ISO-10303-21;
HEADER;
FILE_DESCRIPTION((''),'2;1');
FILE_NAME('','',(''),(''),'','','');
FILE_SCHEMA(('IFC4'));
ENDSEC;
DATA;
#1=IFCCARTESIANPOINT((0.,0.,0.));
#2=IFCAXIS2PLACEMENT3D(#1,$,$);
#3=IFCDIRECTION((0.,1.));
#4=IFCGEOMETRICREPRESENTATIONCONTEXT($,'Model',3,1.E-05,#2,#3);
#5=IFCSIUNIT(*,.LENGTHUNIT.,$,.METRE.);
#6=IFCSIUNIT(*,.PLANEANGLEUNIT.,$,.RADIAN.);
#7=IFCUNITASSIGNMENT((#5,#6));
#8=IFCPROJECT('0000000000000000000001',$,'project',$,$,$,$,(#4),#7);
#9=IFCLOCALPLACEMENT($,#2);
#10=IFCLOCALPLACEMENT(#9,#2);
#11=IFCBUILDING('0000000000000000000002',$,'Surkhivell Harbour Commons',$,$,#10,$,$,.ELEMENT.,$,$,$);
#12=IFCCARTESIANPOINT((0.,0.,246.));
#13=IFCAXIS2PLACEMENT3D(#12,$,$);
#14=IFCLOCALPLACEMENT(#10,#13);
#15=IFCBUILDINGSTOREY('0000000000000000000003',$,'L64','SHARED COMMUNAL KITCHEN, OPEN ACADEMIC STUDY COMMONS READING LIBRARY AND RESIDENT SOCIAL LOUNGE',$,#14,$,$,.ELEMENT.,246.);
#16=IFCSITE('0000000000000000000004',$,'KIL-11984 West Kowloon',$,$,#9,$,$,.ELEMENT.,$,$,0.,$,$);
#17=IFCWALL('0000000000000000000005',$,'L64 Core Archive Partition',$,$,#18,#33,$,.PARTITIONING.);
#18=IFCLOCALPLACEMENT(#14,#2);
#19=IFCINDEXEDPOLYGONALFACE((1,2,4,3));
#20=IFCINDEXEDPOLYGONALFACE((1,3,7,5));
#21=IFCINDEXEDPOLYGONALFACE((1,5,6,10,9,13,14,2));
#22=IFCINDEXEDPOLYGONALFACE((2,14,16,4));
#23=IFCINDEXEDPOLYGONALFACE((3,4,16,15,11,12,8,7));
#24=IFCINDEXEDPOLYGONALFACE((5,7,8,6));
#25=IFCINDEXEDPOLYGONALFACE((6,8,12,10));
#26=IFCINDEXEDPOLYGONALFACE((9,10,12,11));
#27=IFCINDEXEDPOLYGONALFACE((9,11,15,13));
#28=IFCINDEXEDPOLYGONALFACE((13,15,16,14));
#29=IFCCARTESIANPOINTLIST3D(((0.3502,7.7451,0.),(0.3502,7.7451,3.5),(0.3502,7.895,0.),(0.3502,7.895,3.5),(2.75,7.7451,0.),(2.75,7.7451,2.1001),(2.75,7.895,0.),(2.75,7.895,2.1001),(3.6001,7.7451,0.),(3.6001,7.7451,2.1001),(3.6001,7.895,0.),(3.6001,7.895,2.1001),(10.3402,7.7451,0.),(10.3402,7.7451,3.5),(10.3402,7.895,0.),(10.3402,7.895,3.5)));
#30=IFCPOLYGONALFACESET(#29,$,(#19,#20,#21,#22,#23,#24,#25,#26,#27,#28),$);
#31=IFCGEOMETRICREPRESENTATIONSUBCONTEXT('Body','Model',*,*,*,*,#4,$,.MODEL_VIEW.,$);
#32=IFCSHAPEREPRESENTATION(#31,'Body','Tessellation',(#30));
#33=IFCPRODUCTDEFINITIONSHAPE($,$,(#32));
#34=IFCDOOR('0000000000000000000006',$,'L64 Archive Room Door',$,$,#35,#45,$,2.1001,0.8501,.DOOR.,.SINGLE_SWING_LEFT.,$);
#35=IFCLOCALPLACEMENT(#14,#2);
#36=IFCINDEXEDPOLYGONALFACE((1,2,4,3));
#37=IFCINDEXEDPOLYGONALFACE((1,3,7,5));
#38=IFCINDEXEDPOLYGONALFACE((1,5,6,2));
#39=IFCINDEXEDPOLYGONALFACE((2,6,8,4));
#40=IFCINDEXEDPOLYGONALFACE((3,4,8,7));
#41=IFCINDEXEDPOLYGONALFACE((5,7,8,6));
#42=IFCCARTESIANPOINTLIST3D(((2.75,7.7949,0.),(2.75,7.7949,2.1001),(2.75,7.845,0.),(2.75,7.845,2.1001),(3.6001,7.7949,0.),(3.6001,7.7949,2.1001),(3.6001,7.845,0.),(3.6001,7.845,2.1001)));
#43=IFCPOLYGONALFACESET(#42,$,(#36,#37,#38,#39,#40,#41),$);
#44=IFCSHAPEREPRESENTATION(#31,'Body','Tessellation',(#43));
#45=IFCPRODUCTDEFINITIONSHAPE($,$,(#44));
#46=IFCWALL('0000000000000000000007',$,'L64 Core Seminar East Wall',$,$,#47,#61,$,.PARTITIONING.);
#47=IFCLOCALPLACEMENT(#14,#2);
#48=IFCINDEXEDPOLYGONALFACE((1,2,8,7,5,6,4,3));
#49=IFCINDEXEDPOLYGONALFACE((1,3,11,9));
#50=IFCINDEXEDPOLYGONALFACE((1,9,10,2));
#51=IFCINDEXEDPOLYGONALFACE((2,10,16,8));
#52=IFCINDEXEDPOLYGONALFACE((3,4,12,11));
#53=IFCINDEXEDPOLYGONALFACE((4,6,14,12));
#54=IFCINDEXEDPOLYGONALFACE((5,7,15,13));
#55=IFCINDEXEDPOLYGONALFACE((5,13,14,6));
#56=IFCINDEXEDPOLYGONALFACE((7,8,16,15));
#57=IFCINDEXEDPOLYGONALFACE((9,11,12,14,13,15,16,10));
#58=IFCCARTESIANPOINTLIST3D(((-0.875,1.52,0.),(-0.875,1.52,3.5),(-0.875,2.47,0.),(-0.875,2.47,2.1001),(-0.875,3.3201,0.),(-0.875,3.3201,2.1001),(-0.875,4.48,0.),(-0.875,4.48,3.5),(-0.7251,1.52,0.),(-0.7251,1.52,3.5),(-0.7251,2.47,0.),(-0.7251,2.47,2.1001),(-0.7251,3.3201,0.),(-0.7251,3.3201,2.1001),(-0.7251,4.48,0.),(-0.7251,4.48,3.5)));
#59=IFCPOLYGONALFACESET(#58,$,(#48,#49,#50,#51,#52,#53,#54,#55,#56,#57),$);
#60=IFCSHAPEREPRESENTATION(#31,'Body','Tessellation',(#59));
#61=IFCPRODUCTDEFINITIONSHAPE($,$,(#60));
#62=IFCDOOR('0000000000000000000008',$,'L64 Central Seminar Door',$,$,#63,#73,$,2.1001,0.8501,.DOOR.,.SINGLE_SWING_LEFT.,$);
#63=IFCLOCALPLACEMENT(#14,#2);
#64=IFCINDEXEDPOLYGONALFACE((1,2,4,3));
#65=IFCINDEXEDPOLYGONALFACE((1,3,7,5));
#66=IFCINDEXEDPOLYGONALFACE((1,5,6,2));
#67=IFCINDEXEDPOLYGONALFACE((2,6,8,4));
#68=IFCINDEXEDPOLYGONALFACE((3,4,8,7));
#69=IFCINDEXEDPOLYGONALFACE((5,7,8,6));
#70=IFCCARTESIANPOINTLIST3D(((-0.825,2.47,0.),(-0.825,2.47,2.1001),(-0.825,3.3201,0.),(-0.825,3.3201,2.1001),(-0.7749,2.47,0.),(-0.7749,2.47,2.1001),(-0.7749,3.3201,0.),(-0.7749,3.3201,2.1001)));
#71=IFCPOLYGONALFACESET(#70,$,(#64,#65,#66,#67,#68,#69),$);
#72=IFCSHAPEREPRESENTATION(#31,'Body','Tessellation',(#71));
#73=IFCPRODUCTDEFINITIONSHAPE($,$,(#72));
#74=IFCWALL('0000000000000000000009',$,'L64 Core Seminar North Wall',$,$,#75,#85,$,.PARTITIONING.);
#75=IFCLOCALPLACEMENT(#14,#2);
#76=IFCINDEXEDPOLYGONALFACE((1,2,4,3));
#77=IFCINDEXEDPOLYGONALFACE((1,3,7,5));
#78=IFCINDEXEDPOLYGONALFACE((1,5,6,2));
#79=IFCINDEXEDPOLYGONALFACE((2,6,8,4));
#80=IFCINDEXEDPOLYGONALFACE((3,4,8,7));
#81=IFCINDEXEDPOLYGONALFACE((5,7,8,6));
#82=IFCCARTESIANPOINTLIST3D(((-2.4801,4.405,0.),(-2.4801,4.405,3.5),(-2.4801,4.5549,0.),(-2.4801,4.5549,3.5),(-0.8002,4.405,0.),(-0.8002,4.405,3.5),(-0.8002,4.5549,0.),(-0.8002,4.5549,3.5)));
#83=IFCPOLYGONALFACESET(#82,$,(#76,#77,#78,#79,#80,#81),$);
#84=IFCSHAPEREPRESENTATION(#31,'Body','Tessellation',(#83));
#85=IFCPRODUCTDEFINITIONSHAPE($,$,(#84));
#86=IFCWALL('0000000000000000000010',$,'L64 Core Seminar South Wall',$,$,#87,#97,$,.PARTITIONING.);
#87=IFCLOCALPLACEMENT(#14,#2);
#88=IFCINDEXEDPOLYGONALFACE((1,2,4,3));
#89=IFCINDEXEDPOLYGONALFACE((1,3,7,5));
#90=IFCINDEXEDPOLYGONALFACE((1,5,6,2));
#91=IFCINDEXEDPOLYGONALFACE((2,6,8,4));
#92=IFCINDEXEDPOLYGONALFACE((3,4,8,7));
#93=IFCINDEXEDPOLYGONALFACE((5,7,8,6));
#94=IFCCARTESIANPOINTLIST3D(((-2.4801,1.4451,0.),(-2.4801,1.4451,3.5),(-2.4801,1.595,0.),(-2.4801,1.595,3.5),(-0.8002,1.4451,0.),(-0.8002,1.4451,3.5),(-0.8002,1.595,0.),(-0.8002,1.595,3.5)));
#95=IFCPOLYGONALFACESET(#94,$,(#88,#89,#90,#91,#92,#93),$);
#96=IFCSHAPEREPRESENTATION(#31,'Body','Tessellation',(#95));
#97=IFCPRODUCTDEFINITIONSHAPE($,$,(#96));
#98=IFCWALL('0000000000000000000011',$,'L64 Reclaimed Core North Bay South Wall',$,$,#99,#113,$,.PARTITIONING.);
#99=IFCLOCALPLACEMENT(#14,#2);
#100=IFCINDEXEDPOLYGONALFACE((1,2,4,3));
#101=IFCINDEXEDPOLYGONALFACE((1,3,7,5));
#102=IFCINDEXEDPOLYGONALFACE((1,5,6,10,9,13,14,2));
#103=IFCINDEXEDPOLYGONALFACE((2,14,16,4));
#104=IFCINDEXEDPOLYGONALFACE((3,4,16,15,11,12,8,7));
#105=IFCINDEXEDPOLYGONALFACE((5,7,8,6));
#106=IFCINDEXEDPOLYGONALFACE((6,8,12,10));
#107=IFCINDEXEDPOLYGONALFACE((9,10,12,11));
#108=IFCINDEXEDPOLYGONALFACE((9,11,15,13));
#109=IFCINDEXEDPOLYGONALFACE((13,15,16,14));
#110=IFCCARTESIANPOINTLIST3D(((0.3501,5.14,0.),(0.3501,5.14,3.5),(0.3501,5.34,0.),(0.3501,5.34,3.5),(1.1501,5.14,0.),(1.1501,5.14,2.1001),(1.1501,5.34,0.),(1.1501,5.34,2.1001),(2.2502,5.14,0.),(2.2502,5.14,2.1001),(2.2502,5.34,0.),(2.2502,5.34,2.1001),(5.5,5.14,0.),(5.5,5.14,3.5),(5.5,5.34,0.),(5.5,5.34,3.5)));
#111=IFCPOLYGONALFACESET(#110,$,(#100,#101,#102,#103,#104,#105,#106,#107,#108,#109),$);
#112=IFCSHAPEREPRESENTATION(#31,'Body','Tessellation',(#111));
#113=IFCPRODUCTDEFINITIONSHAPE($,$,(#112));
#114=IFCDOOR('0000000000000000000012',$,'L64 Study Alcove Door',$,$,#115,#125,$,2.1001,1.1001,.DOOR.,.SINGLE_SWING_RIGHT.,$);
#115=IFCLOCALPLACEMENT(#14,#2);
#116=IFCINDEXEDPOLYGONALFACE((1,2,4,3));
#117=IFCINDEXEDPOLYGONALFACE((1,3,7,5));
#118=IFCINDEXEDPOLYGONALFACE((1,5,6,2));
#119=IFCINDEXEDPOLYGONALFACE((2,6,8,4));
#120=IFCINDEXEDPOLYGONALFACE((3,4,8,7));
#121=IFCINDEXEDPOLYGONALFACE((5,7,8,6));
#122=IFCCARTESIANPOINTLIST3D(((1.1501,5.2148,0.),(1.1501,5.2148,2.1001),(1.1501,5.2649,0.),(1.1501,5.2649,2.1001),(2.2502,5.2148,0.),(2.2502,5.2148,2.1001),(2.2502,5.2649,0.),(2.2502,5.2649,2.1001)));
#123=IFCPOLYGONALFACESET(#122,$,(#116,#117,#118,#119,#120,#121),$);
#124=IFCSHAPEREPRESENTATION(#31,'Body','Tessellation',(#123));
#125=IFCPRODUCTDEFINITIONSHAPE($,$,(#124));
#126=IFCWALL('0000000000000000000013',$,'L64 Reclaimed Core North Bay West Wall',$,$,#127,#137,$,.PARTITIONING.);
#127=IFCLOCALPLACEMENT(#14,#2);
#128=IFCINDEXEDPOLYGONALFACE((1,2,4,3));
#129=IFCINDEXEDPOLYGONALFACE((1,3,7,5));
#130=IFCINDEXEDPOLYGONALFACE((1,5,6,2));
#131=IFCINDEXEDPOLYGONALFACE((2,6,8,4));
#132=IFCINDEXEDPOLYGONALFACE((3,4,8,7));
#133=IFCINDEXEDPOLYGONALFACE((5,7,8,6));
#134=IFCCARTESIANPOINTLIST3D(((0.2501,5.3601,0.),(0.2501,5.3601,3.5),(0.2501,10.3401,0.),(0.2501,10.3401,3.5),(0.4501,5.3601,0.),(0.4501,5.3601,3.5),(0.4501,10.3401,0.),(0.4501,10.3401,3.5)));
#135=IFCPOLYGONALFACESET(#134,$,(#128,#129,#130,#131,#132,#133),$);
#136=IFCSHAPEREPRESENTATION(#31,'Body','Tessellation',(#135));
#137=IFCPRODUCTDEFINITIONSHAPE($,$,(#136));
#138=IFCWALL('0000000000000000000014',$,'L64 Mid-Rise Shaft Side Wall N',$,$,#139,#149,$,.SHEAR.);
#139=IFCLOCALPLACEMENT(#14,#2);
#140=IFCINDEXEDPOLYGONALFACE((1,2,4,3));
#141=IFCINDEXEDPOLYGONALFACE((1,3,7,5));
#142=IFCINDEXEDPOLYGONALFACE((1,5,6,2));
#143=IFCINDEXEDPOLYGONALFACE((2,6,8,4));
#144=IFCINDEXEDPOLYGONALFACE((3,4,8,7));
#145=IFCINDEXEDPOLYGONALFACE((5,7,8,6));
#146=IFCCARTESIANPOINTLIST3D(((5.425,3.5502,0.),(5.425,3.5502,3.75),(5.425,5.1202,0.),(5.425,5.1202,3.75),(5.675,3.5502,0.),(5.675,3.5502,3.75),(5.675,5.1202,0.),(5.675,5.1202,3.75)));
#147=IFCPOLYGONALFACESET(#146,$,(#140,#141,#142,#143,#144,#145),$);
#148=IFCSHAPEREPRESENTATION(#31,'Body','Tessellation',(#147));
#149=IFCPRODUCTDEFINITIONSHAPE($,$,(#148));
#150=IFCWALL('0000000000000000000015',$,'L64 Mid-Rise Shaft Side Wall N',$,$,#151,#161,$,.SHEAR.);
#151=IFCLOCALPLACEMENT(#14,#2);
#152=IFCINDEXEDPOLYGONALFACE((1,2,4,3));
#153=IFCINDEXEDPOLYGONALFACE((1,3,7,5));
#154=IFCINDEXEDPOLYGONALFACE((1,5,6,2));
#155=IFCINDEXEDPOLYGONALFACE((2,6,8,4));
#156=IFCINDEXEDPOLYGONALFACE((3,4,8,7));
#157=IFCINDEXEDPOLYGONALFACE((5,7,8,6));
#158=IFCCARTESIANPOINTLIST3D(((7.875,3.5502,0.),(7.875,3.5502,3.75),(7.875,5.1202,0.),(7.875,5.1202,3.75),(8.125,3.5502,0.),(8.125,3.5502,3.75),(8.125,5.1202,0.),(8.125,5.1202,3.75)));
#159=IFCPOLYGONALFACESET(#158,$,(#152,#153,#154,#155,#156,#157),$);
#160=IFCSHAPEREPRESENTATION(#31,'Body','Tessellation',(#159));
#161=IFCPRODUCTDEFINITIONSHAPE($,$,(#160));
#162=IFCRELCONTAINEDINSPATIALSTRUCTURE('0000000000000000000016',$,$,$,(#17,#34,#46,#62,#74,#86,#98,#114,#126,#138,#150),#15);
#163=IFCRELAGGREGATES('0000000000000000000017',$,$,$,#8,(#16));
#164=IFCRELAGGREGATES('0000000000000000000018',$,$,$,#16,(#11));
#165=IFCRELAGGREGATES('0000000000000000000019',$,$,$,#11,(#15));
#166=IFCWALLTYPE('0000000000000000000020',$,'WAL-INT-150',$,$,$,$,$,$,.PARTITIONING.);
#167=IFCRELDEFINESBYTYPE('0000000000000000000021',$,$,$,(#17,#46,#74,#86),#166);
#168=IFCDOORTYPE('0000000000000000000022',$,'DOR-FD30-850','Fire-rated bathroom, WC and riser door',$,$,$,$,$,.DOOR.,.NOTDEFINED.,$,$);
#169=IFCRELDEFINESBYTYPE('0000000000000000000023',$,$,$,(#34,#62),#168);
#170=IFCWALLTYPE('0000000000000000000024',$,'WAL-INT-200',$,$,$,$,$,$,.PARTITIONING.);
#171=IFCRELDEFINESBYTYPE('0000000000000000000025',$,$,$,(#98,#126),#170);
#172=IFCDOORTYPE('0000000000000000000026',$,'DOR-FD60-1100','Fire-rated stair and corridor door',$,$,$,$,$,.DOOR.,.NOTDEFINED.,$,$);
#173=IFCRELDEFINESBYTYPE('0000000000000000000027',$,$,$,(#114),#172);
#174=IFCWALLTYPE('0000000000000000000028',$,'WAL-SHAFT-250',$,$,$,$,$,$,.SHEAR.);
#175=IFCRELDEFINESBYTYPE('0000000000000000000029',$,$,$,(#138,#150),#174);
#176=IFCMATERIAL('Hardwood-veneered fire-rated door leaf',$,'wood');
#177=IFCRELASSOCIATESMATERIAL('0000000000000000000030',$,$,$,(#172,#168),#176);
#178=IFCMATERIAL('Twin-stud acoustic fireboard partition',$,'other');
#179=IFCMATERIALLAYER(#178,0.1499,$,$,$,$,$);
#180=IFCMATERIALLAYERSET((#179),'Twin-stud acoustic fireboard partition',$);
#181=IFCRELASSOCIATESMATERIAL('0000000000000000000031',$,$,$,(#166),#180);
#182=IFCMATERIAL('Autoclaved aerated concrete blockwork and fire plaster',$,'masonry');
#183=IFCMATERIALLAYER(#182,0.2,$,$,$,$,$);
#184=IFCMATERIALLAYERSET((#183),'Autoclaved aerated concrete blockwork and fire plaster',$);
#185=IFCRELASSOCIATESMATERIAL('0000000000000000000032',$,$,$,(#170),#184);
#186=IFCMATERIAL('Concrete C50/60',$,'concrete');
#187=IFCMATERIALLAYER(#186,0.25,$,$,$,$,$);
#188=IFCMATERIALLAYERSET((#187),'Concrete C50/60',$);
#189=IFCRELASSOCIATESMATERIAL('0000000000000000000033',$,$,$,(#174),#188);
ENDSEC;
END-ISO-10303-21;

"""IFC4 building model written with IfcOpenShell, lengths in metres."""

from ifc_helpers import new_model, si_unit, direction, frame, frame_2d, origin, place, context, subcontext, project, spatial, rectangle, extrude, material, layer, layer_set, type_object, element, fill, save


model = new_model("IFC4")

# Units and contexts
model_context = context("Model", 3, precision=1e-05, world=origin(), true_north=direction((0.0, 1.0)))
body_context = subcontext(model_context, "Body", "Model", "MODEL_VIEW")
ifc_project = project(units=[si_unit("LENGTHUNIT", "METRE"), si_unit("PLANEANGLEUNIT", "RADIAN")], contexts=[model_context])

# Site, building, storey
site_placement = place(None, origin())
site = spatial("IfcSite", under=ifc_project, at=site_placement, Name="KIL-11984 West Kowloon", CompositionType="ELEMENT", RefElevation=0.0)
building_placement = place(site_placement, origin())
building = spatial("IfcBuilding", under=site, at=building_placement, Name="Surkhivell Harbour Commons", CompositionType="ELEMENT")
storey_placement = place(building_placement, frame((0.0, 0.0, 246.0)))
storey = spatial("IfcBuildingStorey", under=building, at=storey_placement, Name="L64", Description="SHARED COMMUNAL KITCHEN, OPEN ACADEMIC STUDY COMMONS READING LIBRARY AND RESIDENT SOCIAL LOUNGE", CompositionType="ELEMENT", Elevation=246.0)

# Shared definitions
ifc_material_1 = material(Name="Hardwood-veneered fire-rated door leaf", Category="wood")
door_type_1 = type_object("IfcDoorType", Name="DOR-FD60-1100", Description="Fire-rated stair and corridor door", OperationType="NOTDEFINED", PredefinedType="DOOR", material=ifc_material_1)

# Shared definitions
ifc_material_2 = material(Name="Twin-stud acoustic fireboard partition", Category="other")
ifc_layer_1 = layer(ifc_material_2, 0.1499)
ifc_layer_set_1 = layer_set([ifc_layer_1], Name="Twin-stud acoustic fireboard partition")
wall_type_1 = type_object("IfcWallType", Name="WAL-INT-150", PredefinedType="PARTITIONING", material=ifc_layer_set_1)

# Walls, openings, doors
wall_1_placement = place(storey_placement, frame((0.3501, 7.8201, 0.0), z_axis=(0.0, 0.0, 1.0), x_axis=(1.0, 0.0, 0.0)))
wall_1 = element("IfcWall", 1, at=wall_1_placement, inside=storey, type_object=wall_type_1, Name="L64 Core Archive Partition", PredefinedType="PARTITIONING", context=body_context, shape_type="SweptSolid", body=[
    extrude(rectangle(XDim=9.99, YDim=0.1499, at=frame_2d((4.9951, 0.0))), origin(), (0.0, 0.0, 1.0), 3.5),
])
opening_1_placement = place(wall_1_placement, frame((2.3999, 0.0, 0.0)))
opening_1 = element("IfcOpeningElement", 2, at=opening_1_placement, cuts=wall_1, PredefinedType="OPENING", context=body_context, shape_type="SweptSolid", body=[
    extrude(rectangle(XDim=0.8501, YDim=2.1001, at=frame_2d((0.425, 1.05))), frame((0.0, 0.085, 0.0), z_axis=(0.0, -1.0, 0.0), x_axis=(1.0, 0.0, 0.0)), (0.0, 0.0, 1.0), 0.1699),
])
door_type_2 = type_object("IfcDoorType", Name="DOR-FD30-850", Description="Fire-rated bathroom, WC and riser door", OperationType="NOTDEFINED", PredefinedType="DOOR", material=ifc_material_1)
door_1_placement = place(opening_1_placement, origin())
door_1 = element("IfcDoor", 3, at=door_1_placement, inside=storey, type_object=door_type_2, Name="L64 Archive Room Door", OperationType="SINGLE_SWING_LEFT", OverallHeight=2.1001, OverallWidth=0.8501, PredefinedType="DOOR", context=body_context, shape_type="SweptSolid", body=[
    extrude(rectangle(XDim=0.8501, YDim=2.1001, at=frame_2d((0.425, 1.05))), frame((0.0, 0.0249, 0.0), z_axis=(0.0, -1.0, 0.0), x_axis=(1.0, 0.0, 0.0)), (0.0, 0.0, 1.0), 0.05),
])
fill(opening_1, door_1)
wall_2_placement = place(storey_placement, frame((-0.8, 1.52, 0.0), z_axis=(0.0, 0.0, 1.0), x_axis=(0.0, 1.0, 0.0)))
wall_2 = element("IfcWall", 4, at=wall_2_placement, inside=storey, type_object=wall_type_1, Name="L64 Core Seminar East Wall", PredefinedType="PARTITIONING", context=body_context, shape_type="SweptSolid", body=[
    extrude(rectangle(XDim=2.96, YDim=0.1499, at=frame_2d((1.48, 0.0))), origin(), (0.0, 0.0, 1.0), 3.5),
])
opening_2_placement = place(wall_2_placement, frame((0.95, 0.0, 0.0)))
opening_2 = element("IfcOpeningElement", 5, at=opening_2_placement, cuts=wall_2, PredefinedType="OPENING", context=body_context, shape_type="SweptSolid", body=[
    extrude(rectangle(XDim=0.8501, YDim=2.1001, at=frame_2d((0.425, 1.05))), frame((0.0, 0.085, 0.0), z_axis=(0.0, -1.0, 0.0), x_axis=(1.0, 0.0, 0.0)), (0.0, 0.0, 1.0), 0.1699),
])
door_2_placement = place(opening_2_placement, origin())
door_2 = element("IfcDoor", 6, at=door_2_placement, inside=storey, type_object=door_type_2, Name="L64 Central Seminar Door", OperationType="SINGLE_SWING_LEFT", OverallHeight=2.1001, OverallWidth=0.8501, PredefinedType="DOOR", context=body_context, shape_type="SweptSolid", body=[
    extrude(rectangle(XDim=0.8501, YDim=2.1001, at=frame_2d((0.425, 1.05))), frame((0.0, 0.0249, 0.0), z_axis=(0.0, -1.0, 0.0), x_axis=(1.0, 0.0, 0.0)), (0.0, 0.0, 1.0), 0.05),
])
fill(opening_2, door_2)

# Walls
for number, where, z_axis, x_axis, name in (
    (7, (-2.48, 4.48, 0.0), (0.0, 0.0, 1.0), (1.0, 0.0, 0.0), "L64 Core Seminar North Wall"),
    (8, (-2.48, 1.52, 0.0), (0.0, 0.0, 1.0), (1.0, 0.0, 0.0), "L64 Core Seminar South Wall"),
):
    element("IfcWall", number, at=place(storey_placement, frame(where, z_axis=z_axis, x_axis=x_axis)), inside=storey, type_object=wall_type_1, Name=name, PredefinedType="PARTITIONING", context=body_context, shape_type="SweptSolid", body=[
        extrude(rectangle(XDim=1.6799, YDim=0.1499, at=frame_2d((0.8398, 0.0))), origin(), (0.0, 0.0, 1.0), 3.5),
    ])

# Wall, opening, door
ifc_material_3 = material(Name="Autoclaved aerated concrete blockwork and fire plaster", Category="masonry")
ifc_layer_2 = layer(ifc_material_3, 0.2)
ifc_layer_set_2 = layer_set([ifc_layer_2], Name="Autoclaved aerated concrete blockwork and fire plaster")
wall_type_2 = type_object("IfcWallType", Name="WAL-INT-200", PredefinedType="PARTITIONING", material=ifc_layer_set_2)
wall_3_placement = place(storey_placement, frame((0.3501, 5.24, 0.0), z_axis=(0.0, 0.0, 1.0), x_axis=(1.0, 0.0, 0.0)))
wall_3 = element("IfcWall", 9, at=wall_3_placement, inside=storey, type_object=wall_type_2, Name="L64 Reclaimed Core North Bay South Wall", PredefinedType="PARTITIONING", context=body_context, shape_type="SweptSolid", body=[
    extrude(rectangle(XDim=5.1499, YDim=0.2, at=frame_2d((2.575, 0.0))), origin(), (0.0, 0.0, 1.0), 3.5),
])
opening_3_placement = place(wall_3_placement, frame((0.8, 0.0, 0.0)))
opening_3 = element("IfcOpeningElement", 10, at=opening_3_placement, cuts=wall_3, PredefinedType="OPENING", context=body_context, shape_type="SweptSolid", body=[
    extrude(rectangle(XDim=1.1001, YDim=2.1001, at=frame_2d((0.55, 1.05))), frame((0.0, 0.1099, 0.0), z_axis=(0.0, -1.0, 0.0), x_axis=(1.0, 0.0, 0.0)), (0.0, 0.0, 1.0), 0.22),
])
door_3_placement = place(opening_3_placement, origin())
door_3 = element("IfcDoor", 11, at=door_3_placement, inside=storey, type_object=door_type_1, Name="L64 Study Alcove Door", OperationType="SINGLE_SWING_RIGHT", OverallHeight=2.1001, OverallWidth=1.1001, PredefinedType="DOOR", context=body_context, shape_type="SweptSolid", body=[
    extrude(rectangle(XDim=1.1001, YDim=2.1001, at=frame_2d((0.55, 1.05))), frame((0.0, 0.0249, 0.0), z_axis=(0.0, -1.0, 0.0), x_axis=(1.0, 0.0, 0.0)), (0.0, 0.0, 1.0), 0.05),
])
fill(opening_3, door_3)

# Walls
wall_4_placement = place(storey_placement, frame((0.3501, 5.3601, 0.0), z_axis=(0.0, 0.0, 1.0), x_axis=(0.0, 1.0, 0.0)))
element("IfcWall", 12, at=wall_4_placement, inside=storey, type_object=wall_type_2, Name="L64 Reclaimed Core North Bay West Wall", PredefinedType="PARTITIONING", context=body_context, shape_type="SweptSolid", body=[
    extrude(rectangle(XDim=4.98, YDim=0.2, at=frame_2d((2.49, 0.0))), origin(), (0.0, 0.0, 1.0), 3.5),
])
ifc_material_4 = material(Name="Concrete C50/60", Category="concrete")
ifc_layer_3 = layer(ifc_material_4, 0.25)
ifc_layer_set_3 = layer_set([ifc_layer_3], Name="Concrete C50/60")
wall_type_3 = type_object("IfcWallType", Name="WAL-SHAFT-250", PredefinedType="SHEAR", material=ifc_layer_set_3)
for number, where, z_axis, x_axis, name in (
    (13, (5.55, 3.55, 0.0), (0.0, 0.0, 1.0), (0.0, 1.0, 0.0), "L64 Mid-Rise Shaft Side Wall N"),
    (14, (8.0, 3.55, 0.0), (0.0, 0.0, 1.0), (0.0, 1.0, 0.0), "L64 Mid-Rise Shaft Side Wall N"),
):
    element("IfcWall", number, at=place(storey_placement, frame(where, z_axis=z_axis, x_axis=x_axis)), inside=storey, type_object=wall_type_3, Name=name, PredefinedType="SHEAR", context=body_context, shape_type="SweptSolid", body=[
        extrude(rectangle(XDim=1.5701, YDim=0.25, at=frame_2d((0.7852, 0.0))), origin(), (0.0, 0.0, 1.0), 3.75),
    ])

save(model, "model.ifc")
